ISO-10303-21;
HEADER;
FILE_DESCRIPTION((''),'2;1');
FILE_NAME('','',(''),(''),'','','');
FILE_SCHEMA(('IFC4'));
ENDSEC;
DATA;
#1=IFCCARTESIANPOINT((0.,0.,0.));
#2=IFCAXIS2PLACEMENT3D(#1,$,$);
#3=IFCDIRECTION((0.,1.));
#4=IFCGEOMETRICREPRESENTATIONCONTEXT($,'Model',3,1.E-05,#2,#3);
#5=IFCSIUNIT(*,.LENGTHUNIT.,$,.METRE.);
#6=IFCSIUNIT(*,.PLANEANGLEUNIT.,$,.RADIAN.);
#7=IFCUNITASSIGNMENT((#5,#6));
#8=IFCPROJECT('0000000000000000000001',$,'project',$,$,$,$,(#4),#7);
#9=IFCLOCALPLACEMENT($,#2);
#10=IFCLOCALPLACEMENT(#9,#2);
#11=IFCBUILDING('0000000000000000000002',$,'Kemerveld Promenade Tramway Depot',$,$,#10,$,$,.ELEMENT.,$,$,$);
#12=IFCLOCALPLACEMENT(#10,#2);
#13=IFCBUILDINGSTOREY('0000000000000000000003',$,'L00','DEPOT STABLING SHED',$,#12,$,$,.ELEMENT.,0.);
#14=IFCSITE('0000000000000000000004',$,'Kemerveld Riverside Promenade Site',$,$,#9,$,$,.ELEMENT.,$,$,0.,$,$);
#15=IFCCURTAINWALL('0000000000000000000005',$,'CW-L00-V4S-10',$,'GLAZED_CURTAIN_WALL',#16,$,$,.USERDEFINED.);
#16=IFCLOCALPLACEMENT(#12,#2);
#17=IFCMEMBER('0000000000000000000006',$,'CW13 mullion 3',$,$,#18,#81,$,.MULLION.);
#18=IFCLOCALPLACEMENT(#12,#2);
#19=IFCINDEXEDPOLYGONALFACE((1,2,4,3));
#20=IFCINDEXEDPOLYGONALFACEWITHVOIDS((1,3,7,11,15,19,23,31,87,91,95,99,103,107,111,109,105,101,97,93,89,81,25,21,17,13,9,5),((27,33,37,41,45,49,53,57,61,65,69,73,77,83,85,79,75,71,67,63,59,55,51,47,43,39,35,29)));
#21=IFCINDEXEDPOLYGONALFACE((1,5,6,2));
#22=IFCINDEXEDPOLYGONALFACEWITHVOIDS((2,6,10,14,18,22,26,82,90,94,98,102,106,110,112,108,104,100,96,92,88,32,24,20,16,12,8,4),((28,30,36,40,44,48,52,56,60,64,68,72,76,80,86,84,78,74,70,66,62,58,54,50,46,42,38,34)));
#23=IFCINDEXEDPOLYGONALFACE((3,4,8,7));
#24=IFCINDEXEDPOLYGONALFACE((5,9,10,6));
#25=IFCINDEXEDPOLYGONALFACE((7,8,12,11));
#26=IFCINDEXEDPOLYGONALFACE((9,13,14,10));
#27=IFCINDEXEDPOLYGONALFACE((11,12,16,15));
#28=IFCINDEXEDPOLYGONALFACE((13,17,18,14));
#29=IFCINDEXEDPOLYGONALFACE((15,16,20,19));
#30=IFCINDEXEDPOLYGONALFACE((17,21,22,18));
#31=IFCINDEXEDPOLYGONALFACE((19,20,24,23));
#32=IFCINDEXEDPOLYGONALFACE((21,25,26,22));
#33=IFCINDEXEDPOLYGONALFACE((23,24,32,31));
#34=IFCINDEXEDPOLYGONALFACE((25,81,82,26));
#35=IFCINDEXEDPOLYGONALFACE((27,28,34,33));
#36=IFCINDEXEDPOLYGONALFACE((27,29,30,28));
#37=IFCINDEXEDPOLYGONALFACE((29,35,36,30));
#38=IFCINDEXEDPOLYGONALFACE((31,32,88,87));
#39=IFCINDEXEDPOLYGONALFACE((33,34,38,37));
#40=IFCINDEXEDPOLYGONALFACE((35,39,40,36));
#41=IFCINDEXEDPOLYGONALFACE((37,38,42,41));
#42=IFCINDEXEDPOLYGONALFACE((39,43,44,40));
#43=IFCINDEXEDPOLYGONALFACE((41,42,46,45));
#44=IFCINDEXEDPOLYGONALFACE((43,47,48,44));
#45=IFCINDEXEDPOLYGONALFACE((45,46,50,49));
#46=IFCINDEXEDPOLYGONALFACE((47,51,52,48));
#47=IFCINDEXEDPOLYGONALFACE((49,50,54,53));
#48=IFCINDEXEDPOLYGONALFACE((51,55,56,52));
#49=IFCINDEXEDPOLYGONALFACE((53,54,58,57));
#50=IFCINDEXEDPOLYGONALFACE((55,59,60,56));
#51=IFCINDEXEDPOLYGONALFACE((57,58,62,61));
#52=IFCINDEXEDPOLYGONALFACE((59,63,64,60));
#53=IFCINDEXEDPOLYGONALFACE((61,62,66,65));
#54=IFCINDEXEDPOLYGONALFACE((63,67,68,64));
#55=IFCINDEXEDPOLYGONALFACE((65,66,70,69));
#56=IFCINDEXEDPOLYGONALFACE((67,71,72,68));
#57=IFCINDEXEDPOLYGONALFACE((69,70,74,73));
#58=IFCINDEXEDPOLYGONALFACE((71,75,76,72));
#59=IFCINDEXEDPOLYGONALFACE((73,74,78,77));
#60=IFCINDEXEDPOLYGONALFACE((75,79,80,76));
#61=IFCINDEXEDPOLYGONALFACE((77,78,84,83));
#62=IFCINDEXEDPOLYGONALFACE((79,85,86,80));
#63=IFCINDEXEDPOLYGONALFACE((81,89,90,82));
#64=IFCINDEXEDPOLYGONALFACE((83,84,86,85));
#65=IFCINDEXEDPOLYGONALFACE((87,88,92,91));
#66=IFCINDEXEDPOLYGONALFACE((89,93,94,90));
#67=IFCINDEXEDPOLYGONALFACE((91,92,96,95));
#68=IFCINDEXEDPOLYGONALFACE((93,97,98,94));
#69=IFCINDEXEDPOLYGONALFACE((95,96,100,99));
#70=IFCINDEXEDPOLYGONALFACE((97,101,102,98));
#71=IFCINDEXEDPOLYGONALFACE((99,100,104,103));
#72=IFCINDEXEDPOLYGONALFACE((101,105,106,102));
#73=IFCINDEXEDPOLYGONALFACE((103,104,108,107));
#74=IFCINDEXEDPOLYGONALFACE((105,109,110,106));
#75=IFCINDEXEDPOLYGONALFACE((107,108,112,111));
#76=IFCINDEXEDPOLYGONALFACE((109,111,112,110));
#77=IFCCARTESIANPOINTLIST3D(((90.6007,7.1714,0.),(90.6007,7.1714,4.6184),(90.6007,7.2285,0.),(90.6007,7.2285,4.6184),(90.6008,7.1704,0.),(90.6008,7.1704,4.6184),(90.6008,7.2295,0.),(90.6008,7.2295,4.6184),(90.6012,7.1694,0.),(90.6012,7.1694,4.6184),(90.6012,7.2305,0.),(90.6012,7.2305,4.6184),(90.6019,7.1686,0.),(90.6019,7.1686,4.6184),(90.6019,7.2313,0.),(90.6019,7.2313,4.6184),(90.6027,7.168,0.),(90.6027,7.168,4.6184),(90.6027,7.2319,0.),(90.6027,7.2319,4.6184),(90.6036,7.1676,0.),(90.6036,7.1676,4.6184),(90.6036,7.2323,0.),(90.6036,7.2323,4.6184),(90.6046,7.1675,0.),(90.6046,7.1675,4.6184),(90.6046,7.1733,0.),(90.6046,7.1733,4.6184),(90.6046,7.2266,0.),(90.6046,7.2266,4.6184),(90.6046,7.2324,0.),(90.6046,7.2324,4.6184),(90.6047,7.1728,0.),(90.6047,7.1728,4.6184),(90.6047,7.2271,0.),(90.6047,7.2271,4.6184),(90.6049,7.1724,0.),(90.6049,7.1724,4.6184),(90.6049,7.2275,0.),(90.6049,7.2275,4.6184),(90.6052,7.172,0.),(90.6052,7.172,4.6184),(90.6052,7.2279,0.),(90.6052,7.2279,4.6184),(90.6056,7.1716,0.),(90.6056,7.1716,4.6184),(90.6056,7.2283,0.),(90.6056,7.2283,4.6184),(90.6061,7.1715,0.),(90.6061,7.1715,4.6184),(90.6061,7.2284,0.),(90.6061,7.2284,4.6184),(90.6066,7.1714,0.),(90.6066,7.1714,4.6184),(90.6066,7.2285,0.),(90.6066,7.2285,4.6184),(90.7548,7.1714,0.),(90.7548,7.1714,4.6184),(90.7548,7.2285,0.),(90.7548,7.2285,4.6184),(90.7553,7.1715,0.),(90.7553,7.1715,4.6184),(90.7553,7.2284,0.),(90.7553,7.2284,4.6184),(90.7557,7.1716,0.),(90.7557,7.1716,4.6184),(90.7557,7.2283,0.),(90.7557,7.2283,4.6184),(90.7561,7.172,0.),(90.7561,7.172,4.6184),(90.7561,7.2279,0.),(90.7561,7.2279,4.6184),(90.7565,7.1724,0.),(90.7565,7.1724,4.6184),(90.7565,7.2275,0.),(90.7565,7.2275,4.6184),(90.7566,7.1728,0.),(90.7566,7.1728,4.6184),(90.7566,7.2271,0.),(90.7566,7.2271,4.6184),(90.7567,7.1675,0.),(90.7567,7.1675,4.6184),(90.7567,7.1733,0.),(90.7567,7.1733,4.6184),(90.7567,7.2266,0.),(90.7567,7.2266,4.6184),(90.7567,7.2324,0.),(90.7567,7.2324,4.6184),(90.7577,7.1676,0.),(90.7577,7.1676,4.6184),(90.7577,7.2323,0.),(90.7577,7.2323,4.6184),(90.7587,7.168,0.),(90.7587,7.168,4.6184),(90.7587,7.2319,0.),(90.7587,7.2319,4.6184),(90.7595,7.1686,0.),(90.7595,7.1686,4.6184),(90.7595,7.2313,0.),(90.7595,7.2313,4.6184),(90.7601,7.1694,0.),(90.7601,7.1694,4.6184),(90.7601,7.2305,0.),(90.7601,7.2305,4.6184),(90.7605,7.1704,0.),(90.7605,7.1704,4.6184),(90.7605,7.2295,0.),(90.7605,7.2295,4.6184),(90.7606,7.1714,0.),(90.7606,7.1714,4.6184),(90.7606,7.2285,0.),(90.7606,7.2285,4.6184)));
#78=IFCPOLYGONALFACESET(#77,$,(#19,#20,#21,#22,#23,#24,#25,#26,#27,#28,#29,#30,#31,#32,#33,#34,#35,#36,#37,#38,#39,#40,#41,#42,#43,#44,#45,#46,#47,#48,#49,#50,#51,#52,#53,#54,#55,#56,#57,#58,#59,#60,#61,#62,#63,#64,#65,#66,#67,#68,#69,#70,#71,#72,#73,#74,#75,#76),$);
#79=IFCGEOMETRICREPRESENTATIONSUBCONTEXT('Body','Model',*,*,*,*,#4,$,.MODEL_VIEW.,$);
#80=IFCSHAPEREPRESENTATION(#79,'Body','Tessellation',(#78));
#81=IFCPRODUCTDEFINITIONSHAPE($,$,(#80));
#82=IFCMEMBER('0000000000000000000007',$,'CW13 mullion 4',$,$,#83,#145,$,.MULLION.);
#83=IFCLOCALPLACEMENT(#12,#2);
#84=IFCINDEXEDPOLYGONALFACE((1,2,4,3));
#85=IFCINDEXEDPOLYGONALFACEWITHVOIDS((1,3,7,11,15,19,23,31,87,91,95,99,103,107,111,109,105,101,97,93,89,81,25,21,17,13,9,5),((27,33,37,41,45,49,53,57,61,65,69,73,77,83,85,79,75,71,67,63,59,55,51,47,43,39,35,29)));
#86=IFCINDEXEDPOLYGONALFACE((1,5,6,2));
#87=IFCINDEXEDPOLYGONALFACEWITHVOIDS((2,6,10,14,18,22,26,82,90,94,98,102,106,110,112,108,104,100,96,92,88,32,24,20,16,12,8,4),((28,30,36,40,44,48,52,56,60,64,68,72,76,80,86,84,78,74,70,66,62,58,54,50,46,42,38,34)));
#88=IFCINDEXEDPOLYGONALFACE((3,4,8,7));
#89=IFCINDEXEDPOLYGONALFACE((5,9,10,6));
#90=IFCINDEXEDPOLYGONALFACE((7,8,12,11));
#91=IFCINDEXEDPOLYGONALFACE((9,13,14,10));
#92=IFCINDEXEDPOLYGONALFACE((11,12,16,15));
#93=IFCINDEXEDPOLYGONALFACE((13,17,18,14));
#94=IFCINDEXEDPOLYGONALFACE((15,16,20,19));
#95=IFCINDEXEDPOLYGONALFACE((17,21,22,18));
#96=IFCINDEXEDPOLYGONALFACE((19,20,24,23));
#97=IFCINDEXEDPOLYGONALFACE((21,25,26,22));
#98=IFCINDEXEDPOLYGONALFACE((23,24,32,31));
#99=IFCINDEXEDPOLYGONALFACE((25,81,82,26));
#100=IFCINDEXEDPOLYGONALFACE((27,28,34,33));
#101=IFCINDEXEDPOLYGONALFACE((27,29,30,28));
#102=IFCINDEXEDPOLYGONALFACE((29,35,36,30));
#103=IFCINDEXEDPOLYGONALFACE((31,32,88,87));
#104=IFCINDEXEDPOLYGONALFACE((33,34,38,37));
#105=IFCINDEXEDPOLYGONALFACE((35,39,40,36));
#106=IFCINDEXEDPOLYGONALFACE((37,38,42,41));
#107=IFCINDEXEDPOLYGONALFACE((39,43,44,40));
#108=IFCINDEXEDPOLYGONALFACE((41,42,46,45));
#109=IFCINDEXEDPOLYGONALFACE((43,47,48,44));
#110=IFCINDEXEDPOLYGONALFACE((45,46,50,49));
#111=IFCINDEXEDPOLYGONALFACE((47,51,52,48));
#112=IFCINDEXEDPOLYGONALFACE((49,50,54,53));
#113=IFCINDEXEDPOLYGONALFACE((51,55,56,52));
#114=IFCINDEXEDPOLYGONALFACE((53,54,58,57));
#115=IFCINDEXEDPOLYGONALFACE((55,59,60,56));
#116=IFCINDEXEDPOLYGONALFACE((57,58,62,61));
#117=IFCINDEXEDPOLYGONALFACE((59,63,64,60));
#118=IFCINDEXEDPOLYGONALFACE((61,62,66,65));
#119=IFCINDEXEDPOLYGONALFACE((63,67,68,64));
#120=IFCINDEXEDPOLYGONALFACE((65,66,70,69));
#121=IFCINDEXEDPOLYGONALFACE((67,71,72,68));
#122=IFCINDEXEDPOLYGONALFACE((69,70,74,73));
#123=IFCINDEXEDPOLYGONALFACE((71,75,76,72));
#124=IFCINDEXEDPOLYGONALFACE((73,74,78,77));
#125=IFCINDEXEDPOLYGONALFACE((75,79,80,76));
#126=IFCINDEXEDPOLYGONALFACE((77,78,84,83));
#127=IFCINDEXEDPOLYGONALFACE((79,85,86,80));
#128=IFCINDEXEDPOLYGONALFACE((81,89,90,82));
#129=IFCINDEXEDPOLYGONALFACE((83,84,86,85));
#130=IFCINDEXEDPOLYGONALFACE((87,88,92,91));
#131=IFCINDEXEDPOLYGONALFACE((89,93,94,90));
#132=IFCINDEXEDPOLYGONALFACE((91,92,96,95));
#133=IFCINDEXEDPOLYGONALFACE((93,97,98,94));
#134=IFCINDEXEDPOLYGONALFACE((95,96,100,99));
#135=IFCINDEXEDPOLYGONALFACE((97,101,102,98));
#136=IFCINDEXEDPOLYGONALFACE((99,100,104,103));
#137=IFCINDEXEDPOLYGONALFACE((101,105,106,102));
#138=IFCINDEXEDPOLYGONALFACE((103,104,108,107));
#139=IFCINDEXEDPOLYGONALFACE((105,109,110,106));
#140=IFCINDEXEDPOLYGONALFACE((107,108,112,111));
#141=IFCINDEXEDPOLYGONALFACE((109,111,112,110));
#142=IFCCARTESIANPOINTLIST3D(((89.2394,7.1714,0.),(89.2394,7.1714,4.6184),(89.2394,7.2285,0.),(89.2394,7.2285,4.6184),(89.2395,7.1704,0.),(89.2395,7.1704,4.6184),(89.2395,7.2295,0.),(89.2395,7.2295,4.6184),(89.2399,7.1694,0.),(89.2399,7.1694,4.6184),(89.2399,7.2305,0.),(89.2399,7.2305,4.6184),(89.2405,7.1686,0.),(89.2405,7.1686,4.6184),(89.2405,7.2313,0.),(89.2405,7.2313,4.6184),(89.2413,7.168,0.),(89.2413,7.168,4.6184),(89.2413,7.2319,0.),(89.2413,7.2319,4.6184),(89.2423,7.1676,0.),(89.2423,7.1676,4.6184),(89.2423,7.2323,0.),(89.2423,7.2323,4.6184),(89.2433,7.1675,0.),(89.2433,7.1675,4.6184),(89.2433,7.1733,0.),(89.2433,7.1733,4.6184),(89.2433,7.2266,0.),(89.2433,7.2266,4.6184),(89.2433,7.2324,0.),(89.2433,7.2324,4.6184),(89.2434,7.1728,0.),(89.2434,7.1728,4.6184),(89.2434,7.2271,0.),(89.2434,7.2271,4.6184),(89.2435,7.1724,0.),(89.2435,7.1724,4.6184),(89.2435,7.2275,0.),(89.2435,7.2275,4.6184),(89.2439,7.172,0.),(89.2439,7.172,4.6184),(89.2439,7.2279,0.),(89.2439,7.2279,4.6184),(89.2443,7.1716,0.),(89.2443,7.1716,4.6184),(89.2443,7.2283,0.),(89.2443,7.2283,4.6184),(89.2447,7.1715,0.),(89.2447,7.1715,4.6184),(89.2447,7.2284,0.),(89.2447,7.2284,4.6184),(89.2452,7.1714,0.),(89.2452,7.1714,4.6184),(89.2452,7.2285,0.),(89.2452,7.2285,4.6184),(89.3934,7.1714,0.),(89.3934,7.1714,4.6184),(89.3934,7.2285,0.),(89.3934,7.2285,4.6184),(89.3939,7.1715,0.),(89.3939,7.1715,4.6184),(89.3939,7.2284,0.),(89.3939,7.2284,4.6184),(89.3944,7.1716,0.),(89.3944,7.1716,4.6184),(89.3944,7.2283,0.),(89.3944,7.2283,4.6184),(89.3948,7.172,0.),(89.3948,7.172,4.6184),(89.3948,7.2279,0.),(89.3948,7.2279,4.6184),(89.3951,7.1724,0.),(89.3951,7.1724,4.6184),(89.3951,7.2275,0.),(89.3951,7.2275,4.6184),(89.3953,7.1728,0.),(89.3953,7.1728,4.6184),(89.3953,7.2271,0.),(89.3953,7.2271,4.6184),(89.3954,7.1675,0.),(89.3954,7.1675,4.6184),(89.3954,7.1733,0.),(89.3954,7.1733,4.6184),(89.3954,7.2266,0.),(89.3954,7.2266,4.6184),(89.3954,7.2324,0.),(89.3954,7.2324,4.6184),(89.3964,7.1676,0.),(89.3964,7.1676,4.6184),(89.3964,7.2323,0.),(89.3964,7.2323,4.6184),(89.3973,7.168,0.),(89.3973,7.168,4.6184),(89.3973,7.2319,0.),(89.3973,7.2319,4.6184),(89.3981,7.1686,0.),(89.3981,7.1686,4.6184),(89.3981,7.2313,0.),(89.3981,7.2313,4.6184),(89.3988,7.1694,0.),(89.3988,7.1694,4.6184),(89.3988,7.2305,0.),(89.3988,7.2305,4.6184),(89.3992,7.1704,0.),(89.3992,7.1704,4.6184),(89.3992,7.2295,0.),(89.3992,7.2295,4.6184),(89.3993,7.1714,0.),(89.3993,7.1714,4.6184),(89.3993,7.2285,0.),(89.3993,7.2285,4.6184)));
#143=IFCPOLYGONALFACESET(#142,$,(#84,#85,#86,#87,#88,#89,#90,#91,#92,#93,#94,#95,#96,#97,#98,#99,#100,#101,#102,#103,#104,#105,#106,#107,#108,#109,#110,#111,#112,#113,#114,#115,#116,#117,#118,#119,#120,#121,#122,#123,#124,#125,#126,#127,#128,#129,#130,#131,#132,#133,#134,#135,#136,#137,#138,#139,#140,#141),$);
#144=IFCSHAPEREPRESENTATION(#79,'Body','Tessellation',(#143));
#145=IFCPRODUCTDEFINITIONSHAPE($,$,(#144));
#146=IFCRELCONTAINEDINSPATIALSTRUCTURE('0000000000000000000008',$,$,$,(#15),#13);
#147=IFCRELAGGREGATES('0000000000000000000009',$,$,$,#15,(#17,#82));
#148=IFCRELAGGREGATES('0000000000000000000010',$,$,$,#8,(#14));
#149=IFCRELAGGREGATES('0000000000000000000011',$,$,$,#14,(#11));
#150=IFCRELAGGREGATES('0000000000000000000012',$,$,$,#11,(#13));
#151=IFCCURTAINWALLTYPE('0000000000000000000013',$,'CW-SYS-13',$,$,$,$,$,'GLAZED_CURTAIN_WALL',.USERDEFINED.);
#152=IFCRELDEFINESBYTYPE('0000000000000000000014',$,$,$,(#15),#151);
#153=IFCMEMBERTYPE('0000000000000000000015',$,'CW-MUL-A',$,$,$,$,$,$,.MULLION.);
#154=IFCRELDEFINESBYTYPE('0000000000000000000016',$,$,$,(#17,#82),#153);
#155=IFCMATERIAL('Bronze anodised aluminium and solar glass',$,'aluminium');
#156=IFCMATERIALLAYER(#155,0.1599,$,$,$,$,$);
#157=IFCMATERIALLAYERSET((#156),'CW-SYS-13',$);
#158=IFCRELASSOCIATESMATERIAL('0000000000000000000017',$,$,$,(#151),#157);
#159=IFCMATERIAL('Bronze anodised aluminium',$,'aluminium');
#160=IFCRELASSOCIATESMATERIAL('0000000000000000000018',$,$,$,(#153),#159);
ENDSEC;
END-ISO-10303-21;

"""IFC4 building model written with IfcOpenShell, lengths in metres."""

from ifc_helpers import new_model, si_unit, direction, frame, origin, origin_2d, place, context, subcontext, project, spatial, hollow_rectangle, extrude, material, layer, layer_set, material_profile, profile_set, type_object, element, aggregate, save


model = new_model("IFC4")

# Units and contexts
model_context = context("Model", 3, precision=1e-05, world=origin(), true_north=direction((0.0, 1.0)))
body_context = subcontext(model_context, "Body", "Model", "MODEL_VIEW")
ifc_project = project(units=[si_unit("LENGTHUNIT", "METRE"), si_unit("PLANEANGLEUNIT", "RADIAN")], contexts=[model_context])

# Site, building, storey
site_placement = place(None, origin())
site = spatial("IfcSite", under=ifc_project, at=site_placement, Name="Kemerveld Riverside Promenade Site", CompositionType="ELEMENT", RefElevation=0.0)
building_placement = place(site_placement, origin())
building = spatial("IfcBuilding", under=site, at=building_placement, Name="Kemerveld Promenade Tramway Depot", CompositionType="ELEMENT")
storey_placement = place(building_placement, origin())
storey = spatial("IfcBuildingStorey", under=building, at=storey_placement, Name="L00", Description="DEPOT STABLING SHED", CompositionType="ELEMENT", Elevation=0.0)

# Curtain wall, members
ifc_material_1 = material(Name="Bronze anodised aluminium and solar glass", Category="aluminium")
ifc_layer_1 = layer(ifc_material_1, 0.1599)
ifc_layer_set_1 = layer_set([ifc_layer_1], Name="CW-SYS-13")
curtain_wall_type = type_object("IfcCurtainWallType", Name="CW-SYS-13", ElementType="GLAZED_CURTAIN_WALL", PredefinedType="USERDEFINED", material=ifc_layer_set_1)
curtain_wall_placement = place(storey_placement, origin())
curtain_wall = element("IfcCurtainWall", 1, at=curtain_wall_placement, inside=storey, type_object=curtain_wall_type, Name="CW-L00-V4S-10", ObjectType="GLAZED_CURTAIN_WALL", PredefinedType="USERDEFINED")
ifc_material_2 = material(Name="Bronze anodised aluminium", Category="aluminium")
ifc_material_profile_1 = material_profile(ifc_material_2, hollow_rectangle(XDim=0.0649, YDim=0.1599, WallThickness=0.0039, InnerFilletRadius=0.002, OuterFilletRadius=0.0039, at=origin_2d()), Name="CW-MUL-160x65")
ifc_profile_set_1 = profile_set([ifc_material_profile_1], Name="Bronze anodised aluminium")
member_type_1 = type_object("IfcMemberType", Name="CW-MUL-A", PredefinedType="MULLION", material=ifc_profile_set_1)
member_1_placement = place(storey_placement, frame((90.6807, 7.2, 0.0), z_axis=(0.0, 0.0, 1.0), x_axis=(0.0, -1.0, 0.0)))
member_1 = element("IfcMember", 2, at=member_1_placement, type_object=member_type_1, Name="CW13 mullion 3", PredefinedType="MULLION", context=body_context, shape_type="SweptSolid", body=[
    extrude(hollow_rectangle(XDim=0.0649, YDim=0.1599, WallThickness=0.0039, InnerFilletRadius=0.002, OuterFilletRadius=0.0039, at=origin_2d()), origin(), (0.0, 0.0, 1.0), 4.6184),
])
member_2_placement = place(storey_placement, frame((89.3193, 7.2, 0.0), z_axis=(0.0, 0.0, 1.0), x_axis=(0.0, -1.0, 0.0)))
member_2 = element("IfcMember", 3, at=member_2_placement, type_object=member_type_1, Name="CW13 mullion 4", PredefinedType="MULLION", context=body_context, shape_type="SweptSolid", body=[
    extrude(hollow_rectangle(XDim=0.0649, YDim=0.1599, WallThickness=0.0039, InnerFilletRadius=0.002, OuterFilletRadius=0.0039, at=origin_2d()), origin(), (0.0, 0.0, 1.0), 4.6184),
])
aggregate(curtain_wall, [member_1, member_2])

save(model, "model.ifc")
